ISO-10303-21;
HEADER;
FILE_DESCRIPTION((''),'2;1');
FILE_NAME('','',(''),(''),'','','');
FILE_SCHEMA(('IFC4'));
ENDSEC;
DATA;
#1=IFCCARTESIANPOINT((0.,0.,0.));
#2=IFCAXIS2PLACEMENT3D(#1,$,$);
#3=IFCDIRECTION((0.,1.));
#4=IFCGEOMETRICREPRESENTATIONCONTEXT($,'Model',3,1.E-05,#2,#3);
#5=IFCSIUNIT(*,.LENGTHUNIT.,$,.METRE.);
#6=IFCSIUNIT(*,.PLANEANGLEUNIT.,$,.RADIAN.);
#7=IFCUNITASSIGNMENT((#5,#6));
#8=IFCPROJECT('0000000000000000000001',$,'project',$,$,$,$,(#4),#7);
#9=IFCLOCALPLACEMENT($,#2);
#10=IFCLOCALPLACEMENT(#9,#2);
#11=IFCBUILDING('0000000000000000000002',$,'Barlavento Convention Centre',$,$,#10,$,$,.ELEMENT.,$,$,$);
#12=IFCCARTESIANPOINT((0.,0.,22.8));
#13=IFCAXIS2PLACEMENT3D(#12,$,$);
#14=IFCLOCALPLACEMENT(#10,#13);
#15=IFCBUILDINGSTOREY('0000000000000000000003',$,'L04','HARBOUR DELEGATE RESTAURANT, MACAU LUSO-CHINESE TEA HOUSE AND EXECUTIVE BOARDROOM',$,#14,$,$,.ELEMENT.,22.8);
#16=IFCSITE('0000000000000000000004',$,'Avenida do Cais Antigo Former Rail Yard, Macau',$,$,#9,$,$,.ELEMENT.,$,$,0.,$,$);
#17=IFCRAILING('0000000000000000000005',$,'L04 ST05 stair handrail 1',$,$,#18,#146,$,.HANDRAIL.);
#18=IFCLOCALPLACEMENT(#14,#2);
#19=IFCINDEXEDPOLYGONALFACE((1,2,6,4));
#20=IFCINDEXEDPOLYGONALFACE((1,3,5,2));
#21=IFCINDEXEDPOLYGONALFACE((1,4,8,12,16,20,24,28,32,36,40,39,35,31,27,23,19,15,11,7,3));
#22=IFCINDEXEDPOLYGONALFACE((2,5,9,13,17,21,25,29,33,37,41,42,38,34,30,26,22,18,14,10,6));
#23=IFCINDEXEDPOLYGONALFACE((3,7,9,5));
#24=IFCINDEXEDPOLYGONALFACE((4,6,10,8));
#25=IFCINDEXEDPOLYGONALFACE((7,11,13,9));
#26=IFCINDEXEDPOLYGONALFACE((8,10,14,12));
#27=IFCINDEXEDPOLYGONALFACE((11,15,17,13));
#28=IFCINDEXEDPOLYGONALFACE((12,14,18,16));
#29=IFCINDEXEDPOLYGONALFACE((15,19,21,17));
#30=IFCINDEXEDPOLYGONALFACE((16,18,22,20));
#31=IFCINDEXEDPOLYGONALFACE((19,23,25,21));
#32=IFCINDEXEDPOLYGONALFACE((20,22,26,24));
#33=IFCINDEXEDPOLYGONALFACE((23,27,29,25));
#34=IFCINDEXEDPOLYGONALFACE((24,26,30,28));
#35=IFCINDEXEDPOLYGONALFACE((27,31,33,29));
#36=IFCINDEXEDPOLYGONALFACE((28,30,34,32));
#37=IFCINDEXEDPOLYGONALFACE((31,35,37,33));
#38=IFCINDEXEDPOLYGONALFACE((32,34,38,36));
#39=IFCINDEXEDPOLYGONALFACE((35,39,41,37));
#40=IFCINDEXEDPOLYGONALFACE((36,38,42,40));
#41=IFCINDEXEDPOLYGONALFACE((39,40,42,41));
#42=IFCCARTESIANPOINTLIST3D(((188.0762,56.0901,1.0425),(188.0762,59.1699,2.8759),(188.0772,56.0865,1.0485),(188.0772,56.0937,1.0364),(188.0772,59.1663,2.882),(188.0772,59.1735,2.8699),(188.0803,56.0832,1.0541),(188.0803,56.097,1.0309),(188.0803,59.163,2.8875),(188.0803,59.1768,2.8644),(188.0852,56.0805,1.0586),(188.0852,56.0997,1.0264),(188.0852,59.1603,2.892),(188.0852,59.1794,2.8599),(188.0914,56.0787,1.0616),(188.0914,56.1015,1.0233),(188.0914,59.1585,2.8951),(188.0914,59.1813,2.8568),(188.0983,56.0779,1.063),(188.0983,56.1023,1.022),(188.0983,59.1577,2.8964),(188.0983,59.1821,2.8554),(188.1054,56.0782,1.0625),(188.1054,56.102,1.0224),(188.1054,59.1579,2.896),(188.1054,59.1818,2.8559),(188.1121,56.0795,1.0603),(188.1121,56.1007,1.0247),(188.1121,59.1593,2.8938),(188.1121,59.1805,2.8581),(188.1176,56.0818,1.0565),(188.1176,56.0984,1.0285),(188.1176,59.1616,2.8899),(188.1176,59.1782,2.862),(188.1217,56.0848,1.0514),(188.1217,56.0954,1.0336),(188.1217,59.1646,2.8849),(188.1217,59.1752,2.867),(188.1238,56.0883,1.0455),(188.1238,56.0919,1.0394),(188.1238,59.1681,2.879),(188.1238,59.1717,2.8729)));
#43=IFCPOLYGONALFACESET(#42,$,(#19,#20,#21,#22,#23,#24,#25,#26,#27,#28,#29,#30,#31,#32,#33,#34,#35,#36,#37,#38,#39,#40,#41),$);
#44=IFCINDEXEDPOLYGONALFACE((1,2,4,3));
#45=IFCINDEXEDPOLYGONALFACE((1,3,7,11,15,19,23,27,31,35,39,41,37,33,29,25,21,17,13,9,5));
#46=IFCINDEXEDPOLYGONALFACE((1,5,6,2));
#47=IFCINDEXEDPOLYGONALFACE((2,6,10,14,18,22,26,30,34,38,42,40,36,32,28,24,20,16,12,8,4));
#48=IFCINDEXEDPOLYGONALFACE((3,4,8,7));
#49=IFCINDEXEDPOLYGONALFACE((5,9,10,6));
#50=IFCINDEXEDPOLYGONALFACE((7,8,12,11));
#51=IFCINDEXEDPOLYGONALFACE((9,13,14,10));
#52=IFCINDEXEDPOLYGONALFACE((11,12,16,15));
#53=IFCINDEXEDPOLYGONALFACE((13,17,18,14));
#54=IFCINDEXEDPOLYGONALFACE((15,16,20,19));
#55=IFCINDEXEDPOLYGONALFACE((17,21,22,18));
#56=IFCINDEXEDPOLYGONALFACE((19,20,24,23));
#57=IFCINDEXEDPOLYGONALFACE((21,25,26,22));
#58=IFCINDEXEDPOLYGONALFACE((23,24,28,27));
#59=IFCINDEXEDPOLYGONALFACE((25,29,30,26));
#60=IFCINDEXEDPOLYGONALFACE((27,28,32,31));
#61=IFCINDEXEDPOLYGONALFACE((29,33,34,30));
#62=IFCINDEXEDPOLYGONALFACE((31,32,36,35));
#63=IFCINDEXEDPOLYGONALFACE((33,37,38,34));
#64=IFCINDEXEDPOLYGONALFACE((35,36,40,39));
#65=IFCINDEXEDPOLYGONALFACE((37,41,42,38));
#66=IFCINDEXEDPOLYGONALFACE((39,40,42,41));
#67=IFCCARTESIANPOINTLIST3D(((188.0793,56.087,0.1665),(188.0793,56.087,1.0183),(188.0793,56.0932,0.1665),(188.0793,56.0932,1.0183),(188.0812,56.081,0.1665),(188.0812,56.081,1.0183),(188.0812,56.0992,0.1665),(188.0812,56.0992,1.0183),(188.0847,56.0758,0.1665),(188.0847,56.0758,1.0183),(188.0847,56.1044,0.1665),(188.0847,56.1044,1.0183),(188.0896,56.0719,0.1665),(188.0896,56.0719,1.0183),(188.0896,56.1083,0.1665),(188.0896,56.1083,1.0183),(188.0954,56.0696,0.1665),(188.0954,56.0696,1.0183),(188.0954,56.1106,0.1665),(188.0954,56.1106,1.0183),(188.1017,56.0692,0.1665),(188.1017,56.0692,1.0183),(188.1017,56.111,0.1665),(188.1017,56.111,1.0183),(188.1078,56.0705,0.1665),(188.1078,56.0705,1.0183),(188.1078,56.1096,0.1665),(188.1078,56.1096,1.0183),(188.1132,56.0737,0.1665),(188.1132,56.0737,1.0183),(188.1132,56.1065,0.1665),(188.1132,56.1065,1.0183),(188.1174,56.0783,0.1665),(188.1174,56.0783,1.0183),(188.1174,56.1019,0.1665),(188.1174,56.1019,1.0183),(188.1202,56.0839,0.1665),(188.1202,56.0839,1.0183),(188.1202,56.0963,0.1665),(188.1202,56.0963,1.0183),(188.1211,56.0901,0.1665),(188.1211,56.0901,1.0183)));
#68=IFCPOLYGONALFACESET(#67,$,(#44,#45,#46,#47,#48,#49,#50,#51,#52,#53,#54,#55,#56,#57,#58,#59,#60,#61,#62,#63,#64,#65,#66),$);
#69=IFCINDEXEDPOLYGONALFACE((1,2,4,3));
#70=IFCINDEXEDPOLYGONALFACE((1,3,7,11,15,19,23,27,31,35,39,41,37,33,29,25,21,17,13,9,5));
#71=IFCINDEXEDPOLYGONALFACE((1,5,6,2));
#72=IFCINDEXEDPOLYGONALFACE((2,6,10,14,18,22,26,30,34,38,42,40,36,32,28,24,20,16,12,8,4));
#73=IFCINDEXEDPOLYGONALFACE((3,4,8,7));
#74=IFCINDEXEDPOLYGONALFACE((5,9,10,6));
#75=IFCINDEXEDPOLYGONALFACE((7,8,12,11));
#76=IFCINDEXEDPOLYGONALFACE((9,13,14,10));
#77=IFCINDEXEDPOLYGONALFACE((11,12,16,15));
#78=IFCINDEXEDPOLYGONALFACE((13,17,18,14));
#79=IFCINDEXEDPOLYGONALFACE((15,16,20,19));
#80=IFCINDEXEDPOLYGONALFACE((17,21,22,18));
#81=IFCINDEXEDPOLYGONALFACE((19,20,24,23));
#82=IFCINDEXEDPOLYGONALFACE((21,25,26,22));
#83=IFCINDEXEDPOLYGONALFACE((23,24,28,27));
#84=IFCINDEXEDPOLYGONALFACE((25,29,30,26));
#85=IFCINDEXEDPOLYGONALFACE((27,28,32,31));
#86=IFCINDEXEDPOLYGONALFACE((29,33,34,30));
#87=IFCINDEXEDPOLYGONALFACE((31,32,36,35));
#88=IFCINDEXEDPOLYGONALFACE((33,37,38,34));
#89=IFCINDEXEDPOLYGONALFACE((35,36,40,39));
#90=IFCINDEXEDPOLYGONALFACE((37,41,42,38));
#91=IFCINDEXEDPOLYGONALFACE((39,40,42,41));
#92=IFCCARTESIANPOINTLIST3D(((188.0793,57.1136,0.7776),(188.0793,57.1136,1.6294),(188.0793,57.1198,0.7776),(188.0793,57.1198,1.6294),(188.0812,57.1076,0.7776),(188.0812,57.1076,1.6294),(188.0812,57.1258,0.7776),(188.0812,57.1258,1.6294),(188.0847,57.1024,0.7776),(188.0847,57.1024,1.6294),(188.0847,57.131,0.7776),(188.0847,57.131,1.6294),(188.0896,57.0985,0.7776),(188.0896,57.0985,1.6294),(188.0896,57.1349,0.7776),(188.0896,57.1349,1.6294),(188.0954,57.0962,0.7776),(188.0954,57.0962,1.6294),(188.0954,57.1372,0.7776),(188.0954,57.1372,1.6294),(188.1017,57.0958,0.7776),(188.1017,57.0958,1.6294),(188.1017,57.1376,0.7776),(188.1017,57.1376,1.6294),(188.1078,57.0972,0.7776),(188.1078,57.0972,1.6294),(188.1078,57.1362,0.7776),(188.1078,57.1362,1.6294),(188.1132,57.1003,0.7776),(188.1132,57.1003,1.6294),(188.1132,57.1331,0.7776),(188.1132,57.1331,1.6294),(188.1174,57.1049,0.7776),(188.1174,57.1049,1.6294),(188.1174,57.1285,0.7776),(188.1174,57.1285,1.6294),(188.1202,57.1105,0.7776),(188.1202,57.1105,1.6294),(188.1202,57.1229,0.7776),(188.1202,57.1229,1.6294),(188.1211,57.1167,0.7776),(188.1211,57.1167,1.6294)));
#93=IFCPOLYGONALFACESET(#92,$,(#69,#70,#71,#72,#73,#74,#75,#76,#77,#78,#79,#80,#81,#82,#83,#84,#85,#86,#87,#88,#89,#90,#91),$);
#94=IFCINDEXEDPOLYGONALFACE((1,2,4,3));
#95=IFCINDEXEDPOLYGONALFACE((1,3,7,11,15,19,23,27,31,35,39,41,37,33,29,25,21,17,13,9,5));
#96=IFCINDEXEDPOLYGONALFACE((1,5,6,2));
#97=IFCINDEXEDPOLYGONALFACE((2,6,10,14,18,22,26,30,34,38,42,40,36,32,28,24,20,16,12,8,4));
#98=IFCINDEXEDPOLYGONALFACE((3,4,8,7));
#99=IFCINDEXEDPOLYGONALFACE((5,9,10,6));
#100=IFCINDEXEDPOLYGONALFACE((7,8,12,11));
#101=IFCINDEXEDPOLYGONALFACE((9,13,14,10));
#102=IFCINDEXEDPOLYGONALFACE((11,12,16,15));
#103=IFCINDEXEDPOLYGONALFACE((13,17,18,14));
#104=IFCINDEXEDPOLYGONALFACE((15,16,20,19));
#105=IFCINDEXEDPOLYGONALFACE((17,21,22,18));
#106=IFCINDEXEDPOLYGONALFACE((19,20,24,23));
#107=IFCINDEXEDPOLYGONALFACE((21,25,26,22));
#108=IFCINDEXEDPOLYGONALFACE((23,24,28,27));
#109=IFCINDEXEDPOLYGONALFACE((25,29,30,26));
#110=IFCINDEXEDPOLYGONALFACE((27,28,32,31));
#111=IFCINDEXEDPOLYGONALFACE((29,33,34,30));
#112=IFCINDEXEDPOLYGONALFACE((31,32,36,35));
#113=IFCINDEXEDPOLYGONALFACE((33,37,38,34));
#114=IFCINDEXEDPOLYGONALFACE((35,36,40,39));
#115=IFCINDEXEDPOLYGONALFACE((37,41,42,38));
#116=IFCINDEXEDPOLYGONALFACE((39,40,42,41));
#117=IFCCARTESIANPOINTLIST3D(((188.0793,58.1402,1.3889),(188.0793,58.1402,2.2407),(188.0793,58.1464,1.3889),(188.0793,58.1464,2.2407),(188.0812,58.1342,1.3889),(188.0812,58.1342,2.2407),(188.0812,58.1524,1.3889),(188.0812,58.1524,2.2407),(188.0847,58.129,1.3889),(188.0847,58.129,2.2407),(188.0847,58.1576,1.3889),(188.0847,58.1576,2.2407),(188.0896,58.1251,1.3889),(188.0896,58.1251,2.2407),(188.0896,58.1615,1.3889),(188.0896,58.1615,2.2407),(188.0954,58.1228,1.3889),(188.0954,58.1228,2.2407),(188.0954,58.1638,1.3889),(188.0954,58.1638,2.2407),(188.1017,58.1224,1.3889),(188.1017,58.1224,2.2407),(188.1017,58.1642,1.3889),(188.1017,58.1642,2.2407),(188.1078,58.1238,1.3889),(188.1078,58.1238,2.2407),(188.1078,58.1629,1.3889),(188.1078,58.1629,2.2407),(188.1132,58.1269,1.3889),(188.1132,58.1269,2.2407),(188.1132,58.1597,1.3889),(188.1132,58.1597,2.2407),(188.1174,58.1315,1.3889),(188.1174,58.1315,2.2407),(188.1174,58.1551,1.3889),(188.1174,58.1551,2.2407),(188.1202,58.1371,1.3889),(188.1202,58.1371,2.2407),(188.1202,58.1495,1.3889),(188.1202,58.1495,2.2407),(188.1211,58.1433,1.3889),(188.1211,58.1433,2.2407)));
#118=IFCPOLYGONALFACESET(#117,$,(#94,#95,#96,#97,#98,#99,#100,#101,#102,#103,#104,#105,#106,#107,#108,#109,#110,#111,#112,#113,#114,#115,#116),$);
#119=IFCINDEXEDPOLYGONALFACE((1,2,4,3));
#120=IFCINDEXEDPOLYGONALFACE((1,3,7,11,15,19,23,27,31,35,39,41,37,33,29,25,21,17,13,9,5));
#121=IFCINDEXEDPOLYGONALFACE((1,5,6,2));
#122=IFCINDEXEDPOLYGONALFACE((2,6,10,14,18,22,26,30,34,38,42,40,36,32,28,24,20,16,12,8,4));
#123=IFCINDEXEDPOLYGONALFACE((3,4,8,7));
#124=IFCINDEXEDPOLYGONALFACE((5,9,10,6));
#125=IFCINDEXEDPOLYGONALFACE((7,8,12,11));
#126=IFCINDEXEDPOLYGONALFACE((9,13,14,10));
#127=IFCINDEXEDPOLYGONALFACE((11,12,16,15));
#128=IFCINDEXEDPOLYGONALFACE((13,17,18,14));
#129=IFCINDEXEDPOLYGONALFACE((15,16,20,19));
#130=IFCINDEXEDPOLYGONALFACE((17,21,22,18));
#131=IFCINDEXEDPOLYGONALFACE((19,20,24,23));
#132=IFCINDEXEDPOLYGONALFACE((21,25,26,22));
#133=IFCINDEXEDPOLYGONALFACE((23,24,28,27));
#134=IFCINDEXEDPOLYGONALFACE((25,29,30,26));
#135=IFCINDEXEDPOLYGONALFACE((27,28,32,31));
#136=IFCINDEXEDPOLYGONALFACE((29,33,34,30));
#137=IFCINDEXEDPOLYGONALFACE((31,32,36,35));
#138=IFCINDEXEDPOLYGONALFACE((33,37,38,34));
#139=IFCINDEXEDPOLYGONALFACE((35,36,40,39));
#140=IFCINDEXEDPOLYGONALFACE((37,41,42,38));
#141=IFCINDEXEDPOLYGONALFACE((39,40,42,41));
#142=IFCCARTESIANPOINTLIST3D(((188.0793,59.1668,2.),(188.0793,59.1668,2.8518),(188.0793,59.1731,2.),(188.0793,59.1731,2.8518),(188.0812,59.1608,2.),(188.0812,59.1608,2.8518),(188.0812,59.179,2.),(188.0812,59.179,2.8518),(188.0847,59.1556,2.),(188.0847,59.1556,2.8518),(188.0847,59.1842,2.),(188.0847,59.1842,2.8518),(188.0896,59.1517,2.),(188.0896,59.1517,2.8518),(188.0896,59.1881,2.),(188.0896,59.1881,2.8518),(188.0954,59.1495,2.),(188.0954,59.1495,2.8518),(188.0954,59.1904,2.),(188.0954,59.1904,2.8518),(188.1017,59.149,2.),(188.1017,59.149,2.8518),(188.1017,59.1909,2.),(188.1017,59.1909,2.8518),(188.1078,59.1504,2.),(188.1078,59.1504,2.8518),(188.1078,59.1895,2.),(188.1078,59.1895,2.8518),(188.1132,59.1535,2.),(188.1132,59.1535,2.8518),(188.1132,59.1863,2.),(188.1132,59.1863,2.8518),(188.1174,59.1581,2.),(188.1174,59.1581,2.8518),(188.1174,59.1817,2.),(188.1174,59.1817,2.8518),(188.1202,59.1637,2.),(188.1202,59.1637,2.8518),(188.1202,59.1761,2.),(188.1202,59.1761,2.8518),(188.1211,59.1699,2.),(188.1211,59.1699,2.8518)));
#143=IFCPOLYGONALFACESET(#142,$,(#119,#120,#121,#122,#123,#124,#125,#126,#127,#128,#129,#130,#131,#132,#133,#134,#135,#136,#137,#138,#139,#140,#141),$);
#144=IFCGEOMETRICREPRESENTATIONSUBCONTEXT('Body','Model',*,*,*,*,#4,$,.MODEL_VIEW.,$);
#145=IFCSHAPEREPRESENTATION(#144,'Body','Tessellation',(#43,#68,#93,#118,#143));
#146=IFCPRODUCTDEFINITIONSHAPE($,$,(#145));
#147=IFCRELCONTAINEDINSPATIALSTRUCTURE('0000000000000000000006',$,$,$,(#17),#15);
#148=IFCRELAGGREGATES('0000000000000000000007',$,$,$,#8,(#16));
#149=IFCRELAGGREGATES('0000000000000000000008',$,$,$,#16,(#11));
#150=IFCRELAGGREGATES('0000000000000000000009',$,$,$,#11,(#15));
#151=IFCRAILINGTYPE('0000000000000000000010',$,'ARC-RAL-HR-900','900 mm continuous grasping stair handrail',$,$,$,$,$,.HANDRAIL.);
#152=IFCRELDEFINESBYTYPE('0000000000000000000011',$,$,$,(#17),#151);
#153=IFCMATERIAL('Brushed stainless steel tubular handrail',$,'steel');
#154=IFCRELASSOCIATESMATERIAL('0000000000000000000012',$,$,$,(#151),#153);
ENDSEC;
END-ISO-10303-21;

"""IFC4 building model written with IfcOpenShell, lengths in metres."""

from ifc_helpers import new_model, si_unit, direction, frame, origin, origin_2d, place, context, subcontext, project, spatial, circle, extrude, material, type_object, element, save


model = new_model("IFC4")

# Units and contexts
model_context = context("Model", 3, precision=1e-05, world=origin(), true_north=direction((0.0, 1.0)))
body_context = subcontext(model_context, "Body", "Model", "MODEL_VIEW")
ifc_project = project(units=[si_unit("LENGTHUNIT", "METRE"), si_unit("PLANEANGLEUNIT", "RADIAN")], contexts=[model_context])

# Site, building, storey
site_placement = place(None, origin())
site = spatial("IfcSite", under=ifc_project, at=site_placement, Name="Avenida do Cais Antigo Former Rail Yard, Macau", CompositionType="ELEMENT", RefElevation=0.0)
building_placement = place(site_placement, origin())
building = spatial("IfcBuilding", under=site, at=building_placement, Name="Barlavento Convention Centre", CompositionType="ELEMENT")
storey_placement = place(building_placement, frame((0.0, 0.0, 22.8)))
storey = spatial("IfcBuildingStorey", under=building, at=storey_placement, Name="L04", Description="HARBOUR DELEGATE RESTAURANT, MACAU LUSO-CHINESE TEA HOUSE AND EXECUTIVE BOARDROOM", CompositionType="ELEMENT", Elevation=22.8)

# Railing
ifc_material_1 = material(Name="Brushed stainless steel tubular handrail", Category="steel")
railing_type_1 = type_object("IfcRailingType", Name="ARC-RAL-HR-900", Description="900 mm continuous grasping stair handrail", PredefinedType="HANDRAIL", material=ifc_material_1)
railing_1_placement = place(storey_placement, frame((188.1001, 56.0901, 0.1665)))
element("IfcRailing", 1, at=railing_1_placement, inside=storey, type_object=railing_type_1, Name="L04 ST05 stair handrail 1", PredefinedType="HANDRAIL", context=body_context, shape_type="SweptSolid", body=[
    extrude(circle(Radius=0.0239, at=origin_2d()), frame((0.0, 0.0, 0.876), z_axis=(0.0, 0.859261, 0.511538), x_axis=(-1.0, 0.0, 0.0)), (0.0, 0.0, 1.0), 3.5842),
    extrude(circle(Radius=0.021, at=origin_2d()), origin(), (0.0, 0.0, 1.0), 0.8518),
    extrude(circle(Radius=0.021, at=origin_2d()), frame((0.0, 1.0266, 0.6111)), (0.0, 0.0, 1.0), 0.8518),
    extrude(circle(Radius=0.021, at=origin_2d()), frame((0.0, 2.0532, 1.2224)), (0.0, 0.0, 1.0), 0.8518),
    extrude(circle(Radius=0.021, at=origin_2d()), frame((0.0, 3.0798, 1.8335)), (0.0, 0.0, 1.0), 0.8518),
])

save(model, "model.ifc")
